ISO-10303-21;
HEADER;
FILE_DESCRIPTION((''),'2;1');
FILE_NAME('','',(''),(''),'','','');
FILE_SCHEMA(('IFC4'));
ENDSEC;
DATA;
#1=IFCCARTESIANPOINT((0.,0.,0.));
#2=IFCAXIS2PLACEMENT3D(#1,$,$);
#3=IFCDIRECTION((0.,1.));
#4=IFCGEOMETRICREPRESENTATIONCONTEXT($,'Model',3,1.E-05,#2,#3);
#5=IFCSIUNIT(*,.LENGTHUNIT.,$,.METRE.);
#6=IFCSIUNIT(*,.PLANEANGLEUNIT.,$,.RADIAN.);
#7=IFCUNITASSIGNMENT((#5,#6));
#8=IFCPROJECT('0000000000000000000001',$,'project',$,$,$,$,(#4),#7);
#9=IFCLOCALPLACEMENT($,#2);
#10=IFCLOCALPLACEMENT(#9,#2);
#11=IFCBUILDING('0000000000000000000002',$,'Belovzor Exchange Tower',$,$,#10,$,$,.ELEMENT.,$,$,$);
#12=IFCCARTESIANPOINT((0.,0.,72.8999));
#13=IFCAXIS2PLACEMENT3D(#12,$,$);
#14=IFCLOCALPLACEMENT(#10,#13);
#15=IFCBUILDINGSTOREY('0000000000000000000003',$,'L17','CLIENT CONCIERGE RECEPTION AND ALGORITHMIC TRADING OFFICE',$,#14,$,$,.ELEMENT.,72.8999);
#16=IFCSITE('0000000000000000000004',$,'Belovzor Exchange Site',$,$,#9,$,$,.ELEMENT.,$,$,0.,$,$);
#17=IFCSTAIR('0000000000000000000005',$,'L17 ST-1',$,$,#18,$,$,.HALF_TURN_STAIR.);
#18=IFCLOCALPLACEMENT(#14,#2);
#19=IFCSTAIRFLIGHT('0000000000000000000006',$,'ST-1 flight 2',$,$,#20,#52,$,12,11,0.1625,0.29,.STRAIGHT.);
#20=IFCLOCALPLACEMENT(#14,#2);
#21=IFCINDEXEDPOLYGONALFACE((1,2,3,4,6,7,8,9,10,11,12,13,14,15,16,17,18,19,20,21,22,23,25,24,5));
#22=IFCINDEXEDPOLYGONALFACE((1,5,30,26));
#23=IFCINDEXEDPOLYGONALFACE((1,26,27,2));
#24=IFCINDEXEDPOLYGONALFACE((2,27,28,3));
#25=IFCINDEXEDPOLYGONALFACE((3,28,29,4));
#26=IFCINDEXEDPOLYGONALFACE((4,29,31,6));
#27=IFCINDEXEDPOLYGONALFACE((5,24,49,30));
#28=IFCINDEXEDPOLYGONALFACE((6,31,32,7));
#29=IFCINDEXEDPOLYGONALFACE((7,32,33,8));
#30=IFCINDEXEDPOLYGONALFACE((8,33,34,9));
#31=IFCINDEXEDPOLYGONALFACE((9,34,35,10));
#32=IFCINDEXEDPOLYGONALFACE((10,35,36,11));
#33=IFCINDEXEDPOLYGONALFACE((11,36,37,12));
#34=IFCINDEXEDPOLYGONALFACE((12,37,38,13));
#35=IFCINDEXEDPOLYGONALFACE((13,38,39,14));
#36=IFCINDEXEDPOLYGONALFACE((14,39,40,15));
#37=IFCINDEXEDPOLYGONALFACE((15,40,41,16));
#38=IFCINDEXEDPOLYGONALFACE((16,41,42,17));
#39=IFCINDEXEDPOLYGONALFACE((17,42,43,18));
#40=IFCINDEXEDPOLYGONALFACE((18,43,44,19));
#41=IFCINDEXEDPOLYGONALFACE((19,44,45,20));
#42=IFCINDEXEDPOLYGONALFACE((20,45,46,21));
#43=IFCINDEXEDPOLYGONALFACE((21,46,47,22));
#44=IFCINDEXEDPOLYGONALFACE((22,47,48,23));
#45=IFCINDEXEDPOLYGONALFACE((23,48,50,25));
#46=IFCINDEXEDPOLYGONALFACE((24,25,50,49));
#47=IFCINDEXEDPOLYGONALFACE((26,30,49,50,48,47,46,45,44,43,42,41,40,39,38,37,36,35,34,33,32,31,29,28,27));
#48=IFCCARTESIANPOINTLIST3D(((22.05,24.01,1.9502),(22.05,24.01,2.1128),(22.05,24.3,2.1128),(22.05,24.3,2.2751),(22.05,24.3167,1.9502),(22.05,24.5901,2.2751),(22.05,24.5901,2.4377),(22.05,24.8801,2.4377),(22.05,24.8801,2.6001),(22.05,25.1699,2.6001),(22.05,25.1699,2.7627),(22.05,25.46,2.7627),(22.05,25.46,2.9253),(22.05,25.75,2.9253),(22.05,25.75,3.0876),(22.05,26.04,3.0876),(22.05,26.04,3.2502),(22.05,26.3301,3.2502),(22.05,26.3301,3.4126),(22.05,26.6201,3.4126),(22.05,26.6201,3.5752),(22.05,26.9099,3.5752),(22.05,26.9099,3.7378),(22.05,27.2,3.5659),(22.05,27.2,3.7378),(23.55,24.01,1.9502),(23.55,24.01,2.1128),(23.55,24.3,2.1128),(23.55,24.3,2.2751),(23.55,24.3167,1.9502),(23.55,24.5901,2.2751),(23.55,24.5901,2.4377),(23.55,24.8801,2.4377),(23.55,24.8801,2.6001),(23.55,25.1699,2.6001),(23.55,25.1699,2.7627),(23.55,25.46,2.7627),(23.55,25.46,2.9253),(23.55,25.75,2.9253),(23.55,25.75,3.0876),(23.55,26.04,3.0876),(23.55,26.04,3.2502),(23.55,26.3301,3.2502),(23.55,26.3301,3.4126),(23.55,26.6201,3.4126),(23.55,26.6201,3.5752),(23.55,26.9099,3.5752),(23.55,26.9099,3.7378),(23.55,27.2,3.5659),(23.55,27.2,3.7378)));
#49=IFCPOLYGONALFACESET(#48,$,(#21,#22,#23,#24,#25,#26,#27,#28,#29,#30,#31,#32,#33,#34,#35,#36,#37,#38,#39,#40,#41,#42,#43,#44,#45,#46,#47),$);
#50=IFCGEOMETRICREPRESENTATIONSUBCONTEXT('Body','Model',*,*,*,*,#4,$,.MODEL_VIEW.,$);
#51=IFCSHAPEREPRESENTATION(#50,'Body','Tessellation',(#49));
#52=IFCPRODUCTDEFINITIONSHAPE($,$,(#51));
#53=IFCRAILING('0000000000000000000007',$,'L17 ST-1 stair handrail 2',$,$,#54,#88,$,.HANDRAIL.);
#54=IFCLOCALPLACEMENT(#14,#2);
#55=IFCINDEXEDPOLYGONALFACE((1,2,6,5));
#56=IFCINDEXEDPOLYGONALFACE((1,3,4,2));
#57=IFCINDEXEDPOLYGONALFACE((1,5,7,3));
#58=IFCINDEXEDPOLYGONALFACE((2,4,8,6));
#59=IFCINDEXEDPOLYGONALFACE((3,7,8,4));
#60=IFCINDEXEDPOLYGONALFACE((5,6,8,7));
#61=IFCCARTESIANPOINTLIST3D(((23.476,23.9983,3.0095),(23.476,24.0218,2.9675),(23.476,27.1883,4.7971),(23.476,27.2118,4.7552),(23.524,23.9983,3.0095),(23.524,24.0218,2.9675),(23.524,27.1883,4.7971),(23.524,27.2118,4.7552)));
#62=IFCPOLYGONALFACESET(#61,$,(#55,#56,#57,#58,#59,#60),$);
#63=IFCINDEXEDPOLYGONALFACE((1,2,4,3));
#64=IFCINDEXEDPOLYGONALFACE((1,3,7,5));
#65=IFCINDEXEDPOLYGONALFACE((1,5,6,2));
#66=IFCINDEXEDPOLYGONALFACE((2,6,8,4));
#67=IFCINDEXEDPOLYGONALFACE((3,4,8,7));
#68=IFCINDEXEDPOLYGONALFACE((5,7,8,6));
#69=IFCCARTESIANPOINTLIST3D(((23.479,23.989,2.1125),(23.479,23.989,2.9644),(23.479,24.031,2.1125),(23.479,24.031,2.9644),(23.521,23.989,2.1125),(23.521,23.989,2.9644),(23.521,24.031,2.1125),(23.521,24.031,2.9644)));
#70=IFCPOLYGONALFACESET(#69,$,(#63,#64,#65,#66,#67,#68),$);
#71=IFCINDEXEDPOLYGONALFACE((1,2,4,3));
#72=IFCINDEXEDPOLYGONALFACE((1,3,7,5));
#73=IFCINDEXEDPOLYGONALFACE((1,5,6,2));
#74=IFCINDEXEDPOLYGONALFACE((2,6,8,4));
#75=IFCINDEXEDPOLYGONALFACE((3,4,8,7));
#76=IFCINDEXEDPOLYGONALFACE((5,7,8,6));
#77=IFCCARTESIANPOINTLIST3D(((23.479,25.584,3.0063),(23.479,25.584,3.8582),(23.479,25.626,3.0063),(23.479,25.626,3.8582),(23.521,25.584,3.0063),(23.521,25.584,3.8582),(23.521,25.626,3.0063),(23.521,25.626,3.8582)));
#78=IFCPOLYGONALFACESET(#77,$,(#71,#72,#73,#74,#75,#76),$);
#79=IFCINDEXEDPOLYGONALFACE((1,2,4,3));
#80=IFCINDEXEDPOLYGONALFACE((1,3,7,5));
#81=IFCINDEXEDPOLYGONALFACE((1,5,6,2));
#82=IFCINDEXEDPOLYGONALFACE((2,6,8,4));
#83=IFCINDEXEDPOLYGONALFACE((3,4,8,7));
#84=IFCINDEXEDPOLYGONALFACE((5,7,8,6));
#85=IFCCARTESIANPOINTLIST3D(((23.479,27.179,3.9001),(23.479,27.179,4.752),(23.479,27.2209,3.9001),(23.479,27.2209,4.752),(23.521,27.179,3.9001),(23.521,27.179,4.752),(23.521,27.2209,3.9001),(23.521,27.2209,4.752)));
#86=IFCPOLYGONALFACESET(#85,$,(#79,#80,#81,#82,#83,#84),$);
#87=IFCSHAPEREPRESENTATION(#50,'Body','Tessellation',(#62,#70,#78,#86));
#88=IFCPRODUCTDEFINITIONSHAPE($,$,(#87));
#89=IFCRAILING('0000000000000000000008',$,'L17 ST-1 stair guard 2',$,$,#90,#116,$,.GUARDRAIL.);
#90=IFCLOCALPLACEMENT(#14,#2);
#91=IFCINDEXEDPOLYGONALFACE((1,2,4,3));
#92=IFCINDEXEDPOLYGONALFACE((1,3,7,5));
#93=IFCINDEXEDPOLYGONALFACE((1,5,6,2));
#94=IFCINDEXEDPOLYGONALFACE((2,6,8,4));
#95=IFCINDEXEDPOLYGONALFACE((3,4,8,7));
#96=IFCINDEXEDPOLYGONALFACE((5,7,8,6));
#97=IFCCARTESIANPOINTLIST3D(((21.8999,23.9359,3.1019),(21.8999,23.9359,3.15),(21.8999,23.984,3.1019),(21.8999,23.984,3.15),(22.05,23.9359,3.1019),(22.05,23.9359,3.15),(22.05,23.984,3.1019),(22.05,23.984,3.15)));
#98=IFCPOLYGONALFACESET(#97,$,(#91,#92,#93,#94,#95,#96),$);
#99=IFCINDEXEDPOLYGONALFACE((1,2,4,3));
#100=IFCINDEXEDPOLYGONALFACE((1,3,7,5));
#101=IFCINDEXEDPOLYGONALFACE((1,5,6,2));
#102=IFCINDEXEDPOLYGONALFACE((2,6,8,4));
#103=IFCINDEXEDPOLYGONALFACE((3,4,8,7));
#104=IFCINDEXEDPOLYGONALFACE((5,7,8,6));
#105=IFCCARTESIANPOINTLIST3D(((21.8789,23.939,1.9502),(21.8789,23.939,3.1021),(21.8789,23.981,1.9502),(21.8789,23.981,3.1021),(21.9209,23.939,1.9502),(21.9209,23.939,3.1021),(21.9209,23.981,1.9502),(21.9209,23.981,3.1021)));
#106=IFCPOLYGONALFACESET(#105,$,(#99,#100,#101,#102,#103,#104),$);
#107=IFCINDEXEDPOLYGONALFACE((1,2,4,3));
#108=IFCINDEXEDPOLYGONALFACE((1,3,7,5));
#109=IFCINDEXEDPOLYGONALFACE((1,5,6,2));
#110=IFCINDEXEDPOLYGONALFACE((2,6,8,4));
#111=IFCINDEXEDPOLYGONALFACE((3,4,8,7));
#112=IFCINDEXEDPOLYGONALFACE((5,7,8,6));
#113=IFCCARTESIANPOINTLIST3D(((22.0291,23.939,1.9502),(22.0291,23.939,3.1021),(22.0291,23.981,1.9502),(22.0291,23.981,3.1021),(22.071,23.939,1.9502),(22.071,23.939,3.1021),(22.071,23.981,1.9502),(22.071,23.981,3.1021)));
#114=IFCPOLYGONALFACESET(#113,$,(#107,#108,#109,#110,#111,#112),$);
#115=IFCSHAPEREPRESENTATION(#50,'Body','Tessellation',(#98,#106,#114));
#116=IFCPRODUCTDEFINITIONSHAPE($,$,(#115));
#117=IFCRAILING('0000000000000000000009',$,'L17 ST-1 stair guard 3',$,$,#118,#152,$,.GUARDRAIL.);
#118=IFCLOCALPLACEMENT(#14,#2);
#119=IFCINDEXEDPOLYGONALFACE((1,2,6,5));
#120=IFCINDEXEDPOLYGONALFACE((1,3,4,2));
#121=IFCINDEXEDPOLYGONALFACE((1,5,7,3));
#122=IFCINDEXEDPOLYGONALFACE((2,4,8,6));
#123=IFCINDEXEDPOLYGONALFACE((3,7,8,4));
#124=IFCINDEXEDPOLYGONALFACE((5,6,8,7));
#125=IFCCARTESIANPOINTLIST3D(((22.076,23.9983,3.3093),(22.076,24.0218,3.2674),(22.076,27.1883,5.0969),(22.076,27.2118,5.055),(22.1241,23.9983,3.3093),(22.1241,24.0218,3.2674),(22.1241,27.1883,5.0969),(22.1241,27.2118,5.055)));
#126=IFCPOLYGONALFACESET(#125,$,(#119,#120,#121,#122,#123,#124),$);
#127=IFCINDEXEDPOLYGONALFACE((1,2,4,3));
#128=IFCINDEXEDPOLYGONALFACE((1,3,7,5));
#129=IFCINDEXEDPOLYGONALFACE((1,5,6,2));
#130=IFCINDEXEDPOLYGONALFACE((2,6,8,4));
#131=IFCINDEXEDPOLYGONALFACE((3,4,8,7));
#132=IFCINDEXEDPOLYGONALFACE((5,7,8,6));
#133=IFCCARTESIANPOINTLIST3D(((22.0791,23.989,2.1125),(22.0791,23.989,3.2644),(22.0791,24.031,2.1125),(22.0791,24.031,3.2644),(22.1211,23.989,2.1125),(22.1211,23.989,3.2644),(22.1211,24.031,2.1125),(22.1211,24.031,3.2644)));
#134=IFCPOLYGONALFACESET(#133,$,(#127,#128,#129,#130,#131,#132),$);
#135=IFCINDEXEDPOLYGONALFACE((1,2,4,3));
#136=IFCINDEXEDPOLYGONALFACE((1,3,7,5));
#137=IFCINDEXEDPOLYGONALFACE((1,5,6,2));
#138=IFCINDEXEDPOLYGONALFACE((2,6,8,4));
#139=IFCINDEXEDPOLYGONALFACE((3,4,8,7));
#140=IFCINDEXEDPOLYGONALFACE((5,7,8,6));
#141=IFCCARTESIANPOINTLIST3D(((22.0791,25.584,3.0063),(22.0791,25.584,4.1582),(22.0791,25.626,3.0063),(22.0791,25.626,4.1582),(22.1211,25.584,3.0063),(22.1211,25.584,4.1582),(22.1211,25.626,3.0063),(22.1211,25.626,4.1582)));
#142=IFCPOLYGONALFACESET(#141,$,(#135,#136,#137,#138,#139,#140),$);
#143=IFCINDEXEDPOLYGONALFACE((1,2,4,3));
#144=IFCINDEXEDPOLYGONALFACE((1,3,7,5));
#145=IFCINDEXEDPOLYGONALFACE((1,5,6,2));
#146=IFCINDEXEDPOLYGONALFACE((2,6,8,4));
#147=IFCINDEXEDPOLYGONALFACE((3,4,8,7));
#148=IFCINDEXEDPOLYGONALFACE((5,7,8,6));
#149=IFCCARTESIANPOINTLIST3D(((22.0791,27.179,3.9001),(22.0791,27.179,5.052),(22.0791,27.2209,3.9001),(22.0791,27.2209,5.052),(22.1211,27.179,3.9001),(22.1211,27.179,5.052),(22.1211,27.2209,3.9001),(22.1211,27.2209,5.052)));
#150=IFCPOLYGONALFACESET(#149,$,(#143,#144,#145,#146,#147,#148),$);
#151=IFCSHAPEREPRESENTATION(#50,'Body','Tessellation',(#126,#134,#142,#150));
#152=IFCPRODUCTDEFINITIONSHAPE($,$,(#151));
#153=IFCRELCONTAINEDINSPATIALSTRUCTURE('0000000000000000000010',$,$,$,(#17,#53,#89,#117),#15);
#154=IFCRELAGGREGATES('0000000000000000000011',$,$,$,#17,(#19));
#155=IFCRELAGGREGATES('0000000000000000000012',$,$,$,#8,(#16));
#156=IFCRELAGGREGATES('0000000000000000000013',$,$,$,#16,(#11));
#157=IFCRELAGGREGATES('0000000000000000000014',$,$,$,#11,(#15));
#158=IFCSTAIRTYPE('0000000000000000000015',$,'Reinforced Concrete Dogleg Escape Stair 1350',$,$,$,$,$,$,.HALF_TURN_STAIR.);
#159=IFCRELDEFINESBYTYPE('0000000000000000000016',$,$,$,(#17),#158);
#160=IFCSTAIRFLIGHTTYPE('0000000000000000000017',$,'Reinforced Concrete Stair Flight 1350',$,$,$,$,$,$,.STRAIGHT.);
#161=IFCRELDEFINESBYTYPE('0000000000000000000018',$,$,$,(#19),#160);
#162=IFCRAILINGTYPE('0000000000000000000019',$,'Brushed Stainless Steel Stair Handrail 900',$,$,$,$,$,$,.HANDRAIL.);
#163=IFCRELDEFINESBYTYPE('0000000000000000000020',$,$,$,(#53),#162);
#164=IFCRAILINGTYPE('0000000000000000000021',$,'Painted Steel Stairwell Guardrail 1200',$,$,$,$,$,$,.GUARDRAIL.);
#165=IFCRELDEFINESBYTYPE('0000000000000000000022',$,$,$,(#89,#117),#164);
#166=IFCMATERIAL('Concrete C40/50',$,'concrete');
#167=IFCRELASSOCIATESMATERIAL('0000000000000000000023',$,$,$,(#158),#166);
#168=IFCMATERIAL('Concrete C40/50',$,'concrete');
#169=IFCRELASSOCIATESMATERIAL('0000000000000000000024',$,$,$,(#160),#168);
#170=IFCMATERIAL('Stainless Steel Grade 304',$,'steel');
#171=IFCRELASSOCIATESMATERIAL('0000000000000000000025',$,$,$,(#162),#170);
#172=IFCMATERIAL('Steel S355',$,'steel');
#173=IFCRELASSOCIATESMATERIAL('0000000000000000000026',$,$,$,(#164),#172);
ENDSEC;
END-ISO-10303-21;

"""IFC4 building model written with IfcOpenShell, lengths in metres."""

from ifc_helpers import new_model, si_unit, direction, frame, origin, origin_2d, place, context, subcontext, project, spatial, polyline, rectangle, outline, extrude, material, type_object, element, aggregate, save


model = new_model("IFC4")

# Units and contexts
model_context = context("Model", 3, precision=1e-05, world=origin(), true_north=direction((0.0, 1.0)))
body_context = subcontext(model_context, "Body", "Model", "MODEL_VIEW")
ifc_project = project(units=[si_unit("LENGTHUNIT", "METRE"), si_unit("PLANEANGLEUNIT", "RADIAN")], contexts=[model_context])

# Site, building, storey
site_placement = place(None, origin())
site = spatial("IfcSite", under=ifc_project, at=site_placement, Name="Belovzor Exchange Site", CompositionType="ELEMENT", RefElevation=0.0)
building_placement = place(site_placement, origin())
building = spatial("IfcBuilding", under=site, at=building_placement, Name="Belovzor Exchange Tower", CompositionType="ELEMENT")
storey_placement = place(building_placement, frame((0.0, 0.0, 72.8999)))
storey = spatial("IfcBuildingStorey", under=building, at=storey_placement, Name="L17", Description="CLIENT CONCIERGE RECEPTION AND ALGORITHMIC TRADING OFFICE", CompositionType="ELEMENT", Elevation=72.8999)

# Stair, stair flight
ifc_material_1 = material(Name="Concrete C40/50", Category="concrete")
stair_type = type_object("IfcStairType", Name="Reinforced Concrete Dogleg Escape Stair 1350", PredefinedType="HALF_TURN_STAIR", material=ifc_material_1)
stair_placement = place(storey_placement, origin())
stair = element("IfcStair", 1, at=stair_placement, inside=storey, type_object=stair_type, Name="L17 ST-1", PredefinedType="HALF_TURN_STAIR")
ifc_material_2 = material(Name="Concrete C40/50", Category="concrete")
stair_flight_type = type_object("IfcStairFlightType", Name="Reinforced Concrete Stair Flight 1350", PredefinedType="STRAIGHT", material=ifc_material_2)
stair_flight_placement = place(storey_placement, frame((22.8, 24.01, 1.9502), z_axis=(0.0, 0.0, 1.0), x_axis=(0.0, 1.0, 0.0)))
stair_flight = element("IfcStairFlight", 2, at=stair_flight_placement, type_object=stair_flight_type, Name="ST-1 flight 2", NumberOfRisers=12, NumberOfTreads=11, PredefinedType="STRAIGHT", RiserHeight=0.1625, TreadLength=0.29, context=body_context, shape_type="SweptSolid", body=[
    extrude(outline(polyline([(0.0, 0.0), (0.0, 0.1626), (0.29, 0.1626), (0.29, 0.325), (0.5801, 0.325), (0.5801, 0.4875), (0.8701, 0.4875), (0.8701, 0.6499), (1.1599, 0.6499), (1.1599, 0.8125), (1.45, 0.8125), (1.45, 0.9751), (1.74, 0.9751), (1.74, 1.1375), (2.03, 1.1375), (2.03, 1.3), (2.3201, 1.3), (2.3201, 1.4624), (2.6101, 1.4624), (2.6101, 1.625), (2.8999, 1.625), (2.8999, 1.7876), (3.1899, 1.7876), (3.1899, 1.95), (3.1899, 1.6157), (0.3066, 0.0), (0.0, 0.0)])), frame((0.0, 0.75, 0.0), z_axis=(0.0, -1.0, 0.0), x_axis=(1.0, 0.0, 0.0)), (0.0, 0.0, 1.0), 1.5),
])
aggregate(stair, [stair_flight])

# Railings
ifc_material_3 = material(Name="Stainless Steel Grade 304", Category="steel")
railing_type_1 = type_object("IfcRailingType", Name="Brushed Stainless Steel Stair Handrail 900", PredefinedType="HANDRAIL", material=ifc_material_3)
railing_1_placement = place(storey_placement, frame((23.5, 24.01, 2.1125)))
element("IfcRailing", 3, at=railing_1_placement, inside=storey, type_object=railing_type_1, Name="L17 ST-1 stair handrail 2", PredefinedType="HANDRAIL", context=body_context, shape_type="SweptSolid", body=[
    extrude(rectangle(XDim=0.0481, YDim=0.0481, at=origin_2d()), frame((0.0, 0.0, 0.876), z_axis=(0.0, 0.872363, 0.48886), x_axis=(-1.0, 0.0, 0.0)), (0.0, 0.0, 1.0), 3.6567),
    extrude(rectangle(XDim=0.042, YDim=0.042, at=origin_2d()), origin(), (0.0, 0.0, 1.0), 0.8518),
    extrude(rectangle(XDim=0.042, YDim=0.042, at=origin_2d()), frame((0.0, 1.595, 0.8938)), (0.0, 0.0, 1.0), 0.8518),
    extrude(rectangle(XDim=0.042, YDim=0.042, at=origin_2d()), frame((0.0, 3.1899, 1.7876)), (0.0, 0.0, 1.0), 0.8518),
])
ifc_material_4 = material(Name="Steel S355", Category="steel")
railing_type_2 = type_object("IfcRailingType", Name="Painted Steel Stairwell Guardrail 1200", PredefinedType="GUARDRAIL", material=ifc_material_4)
railing_2_placement = place(storey_placement, frame((21.8999, 23.96, 1.9502)))
element("IfcRailing", 4, at=railing_2_placement, inside=storey, type_object=railing_type_2, Name="L17 ST-1 stair guard 2", PredefinedType="GUARDRAIL", context=body_context, shape_type="SweptSolid", body=[
    extrude(rectangle(XDim=0.0481, YDim=0.0481, at=origin_2d()), frame((0.0, 0.0, 1.1758), z_axis=(1.0, 0.0, 0.0), x_axis=(0.0, 1.0, 0.0)), (0.0, 0.0, 1.0), 0.1501),
    extrude(rectangle(XDim=0.042, YDim=0.042, at=origin_2d()), origin(), (0.0, 0.0, 1.0), 1.1519),
    extrude(rectangle(XDim=0.042, YDim=0.042, at=origin_2d()), frame((0.1501, 0.0, 0.0)), (0.0, 0.0, 1.0), 1.1519),
])
railing_3_placement = place(storey_placement, frame((22.1001, 24.01, 2.1125)))
element("IfcRailing", 5, at=railing_3_placement, inside=storey, type_object=railing_type_2, Name="L17 ST-1 stair guard 3", PredefinedType="GUARDRAIL", context=body_context, shape_type="SweptSolid", body=[
    extrude(rectangle(XDim=0.0481, YDim=0.0481, at=origin_2d()), frame((0.0, 0.0, 1.1758), z_axis=(0.0, 0.872363, 0.48886), x_axis=(-1.0, 0.0, 0.0)), (0.0, 0.0, 1.0), 3.6567),
    extrude(rectangle(XDim=0.042, YDim=0.042, at=origin_2d()), origin(), (0.0, 0.0, 1.0), 1.1519),
    extrude(rectangle(XDim=0.042, YDim=0.042, at=origin_2d()), frame((0.0, 1.595, 0.8938)), (0.0, 0.0, 1.0), 1.1519),
    extrude(rectangle(XDim=0.042, YDim=0.042, at=origin_2d()), frame((0.0, 3.1899, 1.7876)), (0.0, 0.0, 1.0), 1.1519),
])

save(model, "model.ifc")
